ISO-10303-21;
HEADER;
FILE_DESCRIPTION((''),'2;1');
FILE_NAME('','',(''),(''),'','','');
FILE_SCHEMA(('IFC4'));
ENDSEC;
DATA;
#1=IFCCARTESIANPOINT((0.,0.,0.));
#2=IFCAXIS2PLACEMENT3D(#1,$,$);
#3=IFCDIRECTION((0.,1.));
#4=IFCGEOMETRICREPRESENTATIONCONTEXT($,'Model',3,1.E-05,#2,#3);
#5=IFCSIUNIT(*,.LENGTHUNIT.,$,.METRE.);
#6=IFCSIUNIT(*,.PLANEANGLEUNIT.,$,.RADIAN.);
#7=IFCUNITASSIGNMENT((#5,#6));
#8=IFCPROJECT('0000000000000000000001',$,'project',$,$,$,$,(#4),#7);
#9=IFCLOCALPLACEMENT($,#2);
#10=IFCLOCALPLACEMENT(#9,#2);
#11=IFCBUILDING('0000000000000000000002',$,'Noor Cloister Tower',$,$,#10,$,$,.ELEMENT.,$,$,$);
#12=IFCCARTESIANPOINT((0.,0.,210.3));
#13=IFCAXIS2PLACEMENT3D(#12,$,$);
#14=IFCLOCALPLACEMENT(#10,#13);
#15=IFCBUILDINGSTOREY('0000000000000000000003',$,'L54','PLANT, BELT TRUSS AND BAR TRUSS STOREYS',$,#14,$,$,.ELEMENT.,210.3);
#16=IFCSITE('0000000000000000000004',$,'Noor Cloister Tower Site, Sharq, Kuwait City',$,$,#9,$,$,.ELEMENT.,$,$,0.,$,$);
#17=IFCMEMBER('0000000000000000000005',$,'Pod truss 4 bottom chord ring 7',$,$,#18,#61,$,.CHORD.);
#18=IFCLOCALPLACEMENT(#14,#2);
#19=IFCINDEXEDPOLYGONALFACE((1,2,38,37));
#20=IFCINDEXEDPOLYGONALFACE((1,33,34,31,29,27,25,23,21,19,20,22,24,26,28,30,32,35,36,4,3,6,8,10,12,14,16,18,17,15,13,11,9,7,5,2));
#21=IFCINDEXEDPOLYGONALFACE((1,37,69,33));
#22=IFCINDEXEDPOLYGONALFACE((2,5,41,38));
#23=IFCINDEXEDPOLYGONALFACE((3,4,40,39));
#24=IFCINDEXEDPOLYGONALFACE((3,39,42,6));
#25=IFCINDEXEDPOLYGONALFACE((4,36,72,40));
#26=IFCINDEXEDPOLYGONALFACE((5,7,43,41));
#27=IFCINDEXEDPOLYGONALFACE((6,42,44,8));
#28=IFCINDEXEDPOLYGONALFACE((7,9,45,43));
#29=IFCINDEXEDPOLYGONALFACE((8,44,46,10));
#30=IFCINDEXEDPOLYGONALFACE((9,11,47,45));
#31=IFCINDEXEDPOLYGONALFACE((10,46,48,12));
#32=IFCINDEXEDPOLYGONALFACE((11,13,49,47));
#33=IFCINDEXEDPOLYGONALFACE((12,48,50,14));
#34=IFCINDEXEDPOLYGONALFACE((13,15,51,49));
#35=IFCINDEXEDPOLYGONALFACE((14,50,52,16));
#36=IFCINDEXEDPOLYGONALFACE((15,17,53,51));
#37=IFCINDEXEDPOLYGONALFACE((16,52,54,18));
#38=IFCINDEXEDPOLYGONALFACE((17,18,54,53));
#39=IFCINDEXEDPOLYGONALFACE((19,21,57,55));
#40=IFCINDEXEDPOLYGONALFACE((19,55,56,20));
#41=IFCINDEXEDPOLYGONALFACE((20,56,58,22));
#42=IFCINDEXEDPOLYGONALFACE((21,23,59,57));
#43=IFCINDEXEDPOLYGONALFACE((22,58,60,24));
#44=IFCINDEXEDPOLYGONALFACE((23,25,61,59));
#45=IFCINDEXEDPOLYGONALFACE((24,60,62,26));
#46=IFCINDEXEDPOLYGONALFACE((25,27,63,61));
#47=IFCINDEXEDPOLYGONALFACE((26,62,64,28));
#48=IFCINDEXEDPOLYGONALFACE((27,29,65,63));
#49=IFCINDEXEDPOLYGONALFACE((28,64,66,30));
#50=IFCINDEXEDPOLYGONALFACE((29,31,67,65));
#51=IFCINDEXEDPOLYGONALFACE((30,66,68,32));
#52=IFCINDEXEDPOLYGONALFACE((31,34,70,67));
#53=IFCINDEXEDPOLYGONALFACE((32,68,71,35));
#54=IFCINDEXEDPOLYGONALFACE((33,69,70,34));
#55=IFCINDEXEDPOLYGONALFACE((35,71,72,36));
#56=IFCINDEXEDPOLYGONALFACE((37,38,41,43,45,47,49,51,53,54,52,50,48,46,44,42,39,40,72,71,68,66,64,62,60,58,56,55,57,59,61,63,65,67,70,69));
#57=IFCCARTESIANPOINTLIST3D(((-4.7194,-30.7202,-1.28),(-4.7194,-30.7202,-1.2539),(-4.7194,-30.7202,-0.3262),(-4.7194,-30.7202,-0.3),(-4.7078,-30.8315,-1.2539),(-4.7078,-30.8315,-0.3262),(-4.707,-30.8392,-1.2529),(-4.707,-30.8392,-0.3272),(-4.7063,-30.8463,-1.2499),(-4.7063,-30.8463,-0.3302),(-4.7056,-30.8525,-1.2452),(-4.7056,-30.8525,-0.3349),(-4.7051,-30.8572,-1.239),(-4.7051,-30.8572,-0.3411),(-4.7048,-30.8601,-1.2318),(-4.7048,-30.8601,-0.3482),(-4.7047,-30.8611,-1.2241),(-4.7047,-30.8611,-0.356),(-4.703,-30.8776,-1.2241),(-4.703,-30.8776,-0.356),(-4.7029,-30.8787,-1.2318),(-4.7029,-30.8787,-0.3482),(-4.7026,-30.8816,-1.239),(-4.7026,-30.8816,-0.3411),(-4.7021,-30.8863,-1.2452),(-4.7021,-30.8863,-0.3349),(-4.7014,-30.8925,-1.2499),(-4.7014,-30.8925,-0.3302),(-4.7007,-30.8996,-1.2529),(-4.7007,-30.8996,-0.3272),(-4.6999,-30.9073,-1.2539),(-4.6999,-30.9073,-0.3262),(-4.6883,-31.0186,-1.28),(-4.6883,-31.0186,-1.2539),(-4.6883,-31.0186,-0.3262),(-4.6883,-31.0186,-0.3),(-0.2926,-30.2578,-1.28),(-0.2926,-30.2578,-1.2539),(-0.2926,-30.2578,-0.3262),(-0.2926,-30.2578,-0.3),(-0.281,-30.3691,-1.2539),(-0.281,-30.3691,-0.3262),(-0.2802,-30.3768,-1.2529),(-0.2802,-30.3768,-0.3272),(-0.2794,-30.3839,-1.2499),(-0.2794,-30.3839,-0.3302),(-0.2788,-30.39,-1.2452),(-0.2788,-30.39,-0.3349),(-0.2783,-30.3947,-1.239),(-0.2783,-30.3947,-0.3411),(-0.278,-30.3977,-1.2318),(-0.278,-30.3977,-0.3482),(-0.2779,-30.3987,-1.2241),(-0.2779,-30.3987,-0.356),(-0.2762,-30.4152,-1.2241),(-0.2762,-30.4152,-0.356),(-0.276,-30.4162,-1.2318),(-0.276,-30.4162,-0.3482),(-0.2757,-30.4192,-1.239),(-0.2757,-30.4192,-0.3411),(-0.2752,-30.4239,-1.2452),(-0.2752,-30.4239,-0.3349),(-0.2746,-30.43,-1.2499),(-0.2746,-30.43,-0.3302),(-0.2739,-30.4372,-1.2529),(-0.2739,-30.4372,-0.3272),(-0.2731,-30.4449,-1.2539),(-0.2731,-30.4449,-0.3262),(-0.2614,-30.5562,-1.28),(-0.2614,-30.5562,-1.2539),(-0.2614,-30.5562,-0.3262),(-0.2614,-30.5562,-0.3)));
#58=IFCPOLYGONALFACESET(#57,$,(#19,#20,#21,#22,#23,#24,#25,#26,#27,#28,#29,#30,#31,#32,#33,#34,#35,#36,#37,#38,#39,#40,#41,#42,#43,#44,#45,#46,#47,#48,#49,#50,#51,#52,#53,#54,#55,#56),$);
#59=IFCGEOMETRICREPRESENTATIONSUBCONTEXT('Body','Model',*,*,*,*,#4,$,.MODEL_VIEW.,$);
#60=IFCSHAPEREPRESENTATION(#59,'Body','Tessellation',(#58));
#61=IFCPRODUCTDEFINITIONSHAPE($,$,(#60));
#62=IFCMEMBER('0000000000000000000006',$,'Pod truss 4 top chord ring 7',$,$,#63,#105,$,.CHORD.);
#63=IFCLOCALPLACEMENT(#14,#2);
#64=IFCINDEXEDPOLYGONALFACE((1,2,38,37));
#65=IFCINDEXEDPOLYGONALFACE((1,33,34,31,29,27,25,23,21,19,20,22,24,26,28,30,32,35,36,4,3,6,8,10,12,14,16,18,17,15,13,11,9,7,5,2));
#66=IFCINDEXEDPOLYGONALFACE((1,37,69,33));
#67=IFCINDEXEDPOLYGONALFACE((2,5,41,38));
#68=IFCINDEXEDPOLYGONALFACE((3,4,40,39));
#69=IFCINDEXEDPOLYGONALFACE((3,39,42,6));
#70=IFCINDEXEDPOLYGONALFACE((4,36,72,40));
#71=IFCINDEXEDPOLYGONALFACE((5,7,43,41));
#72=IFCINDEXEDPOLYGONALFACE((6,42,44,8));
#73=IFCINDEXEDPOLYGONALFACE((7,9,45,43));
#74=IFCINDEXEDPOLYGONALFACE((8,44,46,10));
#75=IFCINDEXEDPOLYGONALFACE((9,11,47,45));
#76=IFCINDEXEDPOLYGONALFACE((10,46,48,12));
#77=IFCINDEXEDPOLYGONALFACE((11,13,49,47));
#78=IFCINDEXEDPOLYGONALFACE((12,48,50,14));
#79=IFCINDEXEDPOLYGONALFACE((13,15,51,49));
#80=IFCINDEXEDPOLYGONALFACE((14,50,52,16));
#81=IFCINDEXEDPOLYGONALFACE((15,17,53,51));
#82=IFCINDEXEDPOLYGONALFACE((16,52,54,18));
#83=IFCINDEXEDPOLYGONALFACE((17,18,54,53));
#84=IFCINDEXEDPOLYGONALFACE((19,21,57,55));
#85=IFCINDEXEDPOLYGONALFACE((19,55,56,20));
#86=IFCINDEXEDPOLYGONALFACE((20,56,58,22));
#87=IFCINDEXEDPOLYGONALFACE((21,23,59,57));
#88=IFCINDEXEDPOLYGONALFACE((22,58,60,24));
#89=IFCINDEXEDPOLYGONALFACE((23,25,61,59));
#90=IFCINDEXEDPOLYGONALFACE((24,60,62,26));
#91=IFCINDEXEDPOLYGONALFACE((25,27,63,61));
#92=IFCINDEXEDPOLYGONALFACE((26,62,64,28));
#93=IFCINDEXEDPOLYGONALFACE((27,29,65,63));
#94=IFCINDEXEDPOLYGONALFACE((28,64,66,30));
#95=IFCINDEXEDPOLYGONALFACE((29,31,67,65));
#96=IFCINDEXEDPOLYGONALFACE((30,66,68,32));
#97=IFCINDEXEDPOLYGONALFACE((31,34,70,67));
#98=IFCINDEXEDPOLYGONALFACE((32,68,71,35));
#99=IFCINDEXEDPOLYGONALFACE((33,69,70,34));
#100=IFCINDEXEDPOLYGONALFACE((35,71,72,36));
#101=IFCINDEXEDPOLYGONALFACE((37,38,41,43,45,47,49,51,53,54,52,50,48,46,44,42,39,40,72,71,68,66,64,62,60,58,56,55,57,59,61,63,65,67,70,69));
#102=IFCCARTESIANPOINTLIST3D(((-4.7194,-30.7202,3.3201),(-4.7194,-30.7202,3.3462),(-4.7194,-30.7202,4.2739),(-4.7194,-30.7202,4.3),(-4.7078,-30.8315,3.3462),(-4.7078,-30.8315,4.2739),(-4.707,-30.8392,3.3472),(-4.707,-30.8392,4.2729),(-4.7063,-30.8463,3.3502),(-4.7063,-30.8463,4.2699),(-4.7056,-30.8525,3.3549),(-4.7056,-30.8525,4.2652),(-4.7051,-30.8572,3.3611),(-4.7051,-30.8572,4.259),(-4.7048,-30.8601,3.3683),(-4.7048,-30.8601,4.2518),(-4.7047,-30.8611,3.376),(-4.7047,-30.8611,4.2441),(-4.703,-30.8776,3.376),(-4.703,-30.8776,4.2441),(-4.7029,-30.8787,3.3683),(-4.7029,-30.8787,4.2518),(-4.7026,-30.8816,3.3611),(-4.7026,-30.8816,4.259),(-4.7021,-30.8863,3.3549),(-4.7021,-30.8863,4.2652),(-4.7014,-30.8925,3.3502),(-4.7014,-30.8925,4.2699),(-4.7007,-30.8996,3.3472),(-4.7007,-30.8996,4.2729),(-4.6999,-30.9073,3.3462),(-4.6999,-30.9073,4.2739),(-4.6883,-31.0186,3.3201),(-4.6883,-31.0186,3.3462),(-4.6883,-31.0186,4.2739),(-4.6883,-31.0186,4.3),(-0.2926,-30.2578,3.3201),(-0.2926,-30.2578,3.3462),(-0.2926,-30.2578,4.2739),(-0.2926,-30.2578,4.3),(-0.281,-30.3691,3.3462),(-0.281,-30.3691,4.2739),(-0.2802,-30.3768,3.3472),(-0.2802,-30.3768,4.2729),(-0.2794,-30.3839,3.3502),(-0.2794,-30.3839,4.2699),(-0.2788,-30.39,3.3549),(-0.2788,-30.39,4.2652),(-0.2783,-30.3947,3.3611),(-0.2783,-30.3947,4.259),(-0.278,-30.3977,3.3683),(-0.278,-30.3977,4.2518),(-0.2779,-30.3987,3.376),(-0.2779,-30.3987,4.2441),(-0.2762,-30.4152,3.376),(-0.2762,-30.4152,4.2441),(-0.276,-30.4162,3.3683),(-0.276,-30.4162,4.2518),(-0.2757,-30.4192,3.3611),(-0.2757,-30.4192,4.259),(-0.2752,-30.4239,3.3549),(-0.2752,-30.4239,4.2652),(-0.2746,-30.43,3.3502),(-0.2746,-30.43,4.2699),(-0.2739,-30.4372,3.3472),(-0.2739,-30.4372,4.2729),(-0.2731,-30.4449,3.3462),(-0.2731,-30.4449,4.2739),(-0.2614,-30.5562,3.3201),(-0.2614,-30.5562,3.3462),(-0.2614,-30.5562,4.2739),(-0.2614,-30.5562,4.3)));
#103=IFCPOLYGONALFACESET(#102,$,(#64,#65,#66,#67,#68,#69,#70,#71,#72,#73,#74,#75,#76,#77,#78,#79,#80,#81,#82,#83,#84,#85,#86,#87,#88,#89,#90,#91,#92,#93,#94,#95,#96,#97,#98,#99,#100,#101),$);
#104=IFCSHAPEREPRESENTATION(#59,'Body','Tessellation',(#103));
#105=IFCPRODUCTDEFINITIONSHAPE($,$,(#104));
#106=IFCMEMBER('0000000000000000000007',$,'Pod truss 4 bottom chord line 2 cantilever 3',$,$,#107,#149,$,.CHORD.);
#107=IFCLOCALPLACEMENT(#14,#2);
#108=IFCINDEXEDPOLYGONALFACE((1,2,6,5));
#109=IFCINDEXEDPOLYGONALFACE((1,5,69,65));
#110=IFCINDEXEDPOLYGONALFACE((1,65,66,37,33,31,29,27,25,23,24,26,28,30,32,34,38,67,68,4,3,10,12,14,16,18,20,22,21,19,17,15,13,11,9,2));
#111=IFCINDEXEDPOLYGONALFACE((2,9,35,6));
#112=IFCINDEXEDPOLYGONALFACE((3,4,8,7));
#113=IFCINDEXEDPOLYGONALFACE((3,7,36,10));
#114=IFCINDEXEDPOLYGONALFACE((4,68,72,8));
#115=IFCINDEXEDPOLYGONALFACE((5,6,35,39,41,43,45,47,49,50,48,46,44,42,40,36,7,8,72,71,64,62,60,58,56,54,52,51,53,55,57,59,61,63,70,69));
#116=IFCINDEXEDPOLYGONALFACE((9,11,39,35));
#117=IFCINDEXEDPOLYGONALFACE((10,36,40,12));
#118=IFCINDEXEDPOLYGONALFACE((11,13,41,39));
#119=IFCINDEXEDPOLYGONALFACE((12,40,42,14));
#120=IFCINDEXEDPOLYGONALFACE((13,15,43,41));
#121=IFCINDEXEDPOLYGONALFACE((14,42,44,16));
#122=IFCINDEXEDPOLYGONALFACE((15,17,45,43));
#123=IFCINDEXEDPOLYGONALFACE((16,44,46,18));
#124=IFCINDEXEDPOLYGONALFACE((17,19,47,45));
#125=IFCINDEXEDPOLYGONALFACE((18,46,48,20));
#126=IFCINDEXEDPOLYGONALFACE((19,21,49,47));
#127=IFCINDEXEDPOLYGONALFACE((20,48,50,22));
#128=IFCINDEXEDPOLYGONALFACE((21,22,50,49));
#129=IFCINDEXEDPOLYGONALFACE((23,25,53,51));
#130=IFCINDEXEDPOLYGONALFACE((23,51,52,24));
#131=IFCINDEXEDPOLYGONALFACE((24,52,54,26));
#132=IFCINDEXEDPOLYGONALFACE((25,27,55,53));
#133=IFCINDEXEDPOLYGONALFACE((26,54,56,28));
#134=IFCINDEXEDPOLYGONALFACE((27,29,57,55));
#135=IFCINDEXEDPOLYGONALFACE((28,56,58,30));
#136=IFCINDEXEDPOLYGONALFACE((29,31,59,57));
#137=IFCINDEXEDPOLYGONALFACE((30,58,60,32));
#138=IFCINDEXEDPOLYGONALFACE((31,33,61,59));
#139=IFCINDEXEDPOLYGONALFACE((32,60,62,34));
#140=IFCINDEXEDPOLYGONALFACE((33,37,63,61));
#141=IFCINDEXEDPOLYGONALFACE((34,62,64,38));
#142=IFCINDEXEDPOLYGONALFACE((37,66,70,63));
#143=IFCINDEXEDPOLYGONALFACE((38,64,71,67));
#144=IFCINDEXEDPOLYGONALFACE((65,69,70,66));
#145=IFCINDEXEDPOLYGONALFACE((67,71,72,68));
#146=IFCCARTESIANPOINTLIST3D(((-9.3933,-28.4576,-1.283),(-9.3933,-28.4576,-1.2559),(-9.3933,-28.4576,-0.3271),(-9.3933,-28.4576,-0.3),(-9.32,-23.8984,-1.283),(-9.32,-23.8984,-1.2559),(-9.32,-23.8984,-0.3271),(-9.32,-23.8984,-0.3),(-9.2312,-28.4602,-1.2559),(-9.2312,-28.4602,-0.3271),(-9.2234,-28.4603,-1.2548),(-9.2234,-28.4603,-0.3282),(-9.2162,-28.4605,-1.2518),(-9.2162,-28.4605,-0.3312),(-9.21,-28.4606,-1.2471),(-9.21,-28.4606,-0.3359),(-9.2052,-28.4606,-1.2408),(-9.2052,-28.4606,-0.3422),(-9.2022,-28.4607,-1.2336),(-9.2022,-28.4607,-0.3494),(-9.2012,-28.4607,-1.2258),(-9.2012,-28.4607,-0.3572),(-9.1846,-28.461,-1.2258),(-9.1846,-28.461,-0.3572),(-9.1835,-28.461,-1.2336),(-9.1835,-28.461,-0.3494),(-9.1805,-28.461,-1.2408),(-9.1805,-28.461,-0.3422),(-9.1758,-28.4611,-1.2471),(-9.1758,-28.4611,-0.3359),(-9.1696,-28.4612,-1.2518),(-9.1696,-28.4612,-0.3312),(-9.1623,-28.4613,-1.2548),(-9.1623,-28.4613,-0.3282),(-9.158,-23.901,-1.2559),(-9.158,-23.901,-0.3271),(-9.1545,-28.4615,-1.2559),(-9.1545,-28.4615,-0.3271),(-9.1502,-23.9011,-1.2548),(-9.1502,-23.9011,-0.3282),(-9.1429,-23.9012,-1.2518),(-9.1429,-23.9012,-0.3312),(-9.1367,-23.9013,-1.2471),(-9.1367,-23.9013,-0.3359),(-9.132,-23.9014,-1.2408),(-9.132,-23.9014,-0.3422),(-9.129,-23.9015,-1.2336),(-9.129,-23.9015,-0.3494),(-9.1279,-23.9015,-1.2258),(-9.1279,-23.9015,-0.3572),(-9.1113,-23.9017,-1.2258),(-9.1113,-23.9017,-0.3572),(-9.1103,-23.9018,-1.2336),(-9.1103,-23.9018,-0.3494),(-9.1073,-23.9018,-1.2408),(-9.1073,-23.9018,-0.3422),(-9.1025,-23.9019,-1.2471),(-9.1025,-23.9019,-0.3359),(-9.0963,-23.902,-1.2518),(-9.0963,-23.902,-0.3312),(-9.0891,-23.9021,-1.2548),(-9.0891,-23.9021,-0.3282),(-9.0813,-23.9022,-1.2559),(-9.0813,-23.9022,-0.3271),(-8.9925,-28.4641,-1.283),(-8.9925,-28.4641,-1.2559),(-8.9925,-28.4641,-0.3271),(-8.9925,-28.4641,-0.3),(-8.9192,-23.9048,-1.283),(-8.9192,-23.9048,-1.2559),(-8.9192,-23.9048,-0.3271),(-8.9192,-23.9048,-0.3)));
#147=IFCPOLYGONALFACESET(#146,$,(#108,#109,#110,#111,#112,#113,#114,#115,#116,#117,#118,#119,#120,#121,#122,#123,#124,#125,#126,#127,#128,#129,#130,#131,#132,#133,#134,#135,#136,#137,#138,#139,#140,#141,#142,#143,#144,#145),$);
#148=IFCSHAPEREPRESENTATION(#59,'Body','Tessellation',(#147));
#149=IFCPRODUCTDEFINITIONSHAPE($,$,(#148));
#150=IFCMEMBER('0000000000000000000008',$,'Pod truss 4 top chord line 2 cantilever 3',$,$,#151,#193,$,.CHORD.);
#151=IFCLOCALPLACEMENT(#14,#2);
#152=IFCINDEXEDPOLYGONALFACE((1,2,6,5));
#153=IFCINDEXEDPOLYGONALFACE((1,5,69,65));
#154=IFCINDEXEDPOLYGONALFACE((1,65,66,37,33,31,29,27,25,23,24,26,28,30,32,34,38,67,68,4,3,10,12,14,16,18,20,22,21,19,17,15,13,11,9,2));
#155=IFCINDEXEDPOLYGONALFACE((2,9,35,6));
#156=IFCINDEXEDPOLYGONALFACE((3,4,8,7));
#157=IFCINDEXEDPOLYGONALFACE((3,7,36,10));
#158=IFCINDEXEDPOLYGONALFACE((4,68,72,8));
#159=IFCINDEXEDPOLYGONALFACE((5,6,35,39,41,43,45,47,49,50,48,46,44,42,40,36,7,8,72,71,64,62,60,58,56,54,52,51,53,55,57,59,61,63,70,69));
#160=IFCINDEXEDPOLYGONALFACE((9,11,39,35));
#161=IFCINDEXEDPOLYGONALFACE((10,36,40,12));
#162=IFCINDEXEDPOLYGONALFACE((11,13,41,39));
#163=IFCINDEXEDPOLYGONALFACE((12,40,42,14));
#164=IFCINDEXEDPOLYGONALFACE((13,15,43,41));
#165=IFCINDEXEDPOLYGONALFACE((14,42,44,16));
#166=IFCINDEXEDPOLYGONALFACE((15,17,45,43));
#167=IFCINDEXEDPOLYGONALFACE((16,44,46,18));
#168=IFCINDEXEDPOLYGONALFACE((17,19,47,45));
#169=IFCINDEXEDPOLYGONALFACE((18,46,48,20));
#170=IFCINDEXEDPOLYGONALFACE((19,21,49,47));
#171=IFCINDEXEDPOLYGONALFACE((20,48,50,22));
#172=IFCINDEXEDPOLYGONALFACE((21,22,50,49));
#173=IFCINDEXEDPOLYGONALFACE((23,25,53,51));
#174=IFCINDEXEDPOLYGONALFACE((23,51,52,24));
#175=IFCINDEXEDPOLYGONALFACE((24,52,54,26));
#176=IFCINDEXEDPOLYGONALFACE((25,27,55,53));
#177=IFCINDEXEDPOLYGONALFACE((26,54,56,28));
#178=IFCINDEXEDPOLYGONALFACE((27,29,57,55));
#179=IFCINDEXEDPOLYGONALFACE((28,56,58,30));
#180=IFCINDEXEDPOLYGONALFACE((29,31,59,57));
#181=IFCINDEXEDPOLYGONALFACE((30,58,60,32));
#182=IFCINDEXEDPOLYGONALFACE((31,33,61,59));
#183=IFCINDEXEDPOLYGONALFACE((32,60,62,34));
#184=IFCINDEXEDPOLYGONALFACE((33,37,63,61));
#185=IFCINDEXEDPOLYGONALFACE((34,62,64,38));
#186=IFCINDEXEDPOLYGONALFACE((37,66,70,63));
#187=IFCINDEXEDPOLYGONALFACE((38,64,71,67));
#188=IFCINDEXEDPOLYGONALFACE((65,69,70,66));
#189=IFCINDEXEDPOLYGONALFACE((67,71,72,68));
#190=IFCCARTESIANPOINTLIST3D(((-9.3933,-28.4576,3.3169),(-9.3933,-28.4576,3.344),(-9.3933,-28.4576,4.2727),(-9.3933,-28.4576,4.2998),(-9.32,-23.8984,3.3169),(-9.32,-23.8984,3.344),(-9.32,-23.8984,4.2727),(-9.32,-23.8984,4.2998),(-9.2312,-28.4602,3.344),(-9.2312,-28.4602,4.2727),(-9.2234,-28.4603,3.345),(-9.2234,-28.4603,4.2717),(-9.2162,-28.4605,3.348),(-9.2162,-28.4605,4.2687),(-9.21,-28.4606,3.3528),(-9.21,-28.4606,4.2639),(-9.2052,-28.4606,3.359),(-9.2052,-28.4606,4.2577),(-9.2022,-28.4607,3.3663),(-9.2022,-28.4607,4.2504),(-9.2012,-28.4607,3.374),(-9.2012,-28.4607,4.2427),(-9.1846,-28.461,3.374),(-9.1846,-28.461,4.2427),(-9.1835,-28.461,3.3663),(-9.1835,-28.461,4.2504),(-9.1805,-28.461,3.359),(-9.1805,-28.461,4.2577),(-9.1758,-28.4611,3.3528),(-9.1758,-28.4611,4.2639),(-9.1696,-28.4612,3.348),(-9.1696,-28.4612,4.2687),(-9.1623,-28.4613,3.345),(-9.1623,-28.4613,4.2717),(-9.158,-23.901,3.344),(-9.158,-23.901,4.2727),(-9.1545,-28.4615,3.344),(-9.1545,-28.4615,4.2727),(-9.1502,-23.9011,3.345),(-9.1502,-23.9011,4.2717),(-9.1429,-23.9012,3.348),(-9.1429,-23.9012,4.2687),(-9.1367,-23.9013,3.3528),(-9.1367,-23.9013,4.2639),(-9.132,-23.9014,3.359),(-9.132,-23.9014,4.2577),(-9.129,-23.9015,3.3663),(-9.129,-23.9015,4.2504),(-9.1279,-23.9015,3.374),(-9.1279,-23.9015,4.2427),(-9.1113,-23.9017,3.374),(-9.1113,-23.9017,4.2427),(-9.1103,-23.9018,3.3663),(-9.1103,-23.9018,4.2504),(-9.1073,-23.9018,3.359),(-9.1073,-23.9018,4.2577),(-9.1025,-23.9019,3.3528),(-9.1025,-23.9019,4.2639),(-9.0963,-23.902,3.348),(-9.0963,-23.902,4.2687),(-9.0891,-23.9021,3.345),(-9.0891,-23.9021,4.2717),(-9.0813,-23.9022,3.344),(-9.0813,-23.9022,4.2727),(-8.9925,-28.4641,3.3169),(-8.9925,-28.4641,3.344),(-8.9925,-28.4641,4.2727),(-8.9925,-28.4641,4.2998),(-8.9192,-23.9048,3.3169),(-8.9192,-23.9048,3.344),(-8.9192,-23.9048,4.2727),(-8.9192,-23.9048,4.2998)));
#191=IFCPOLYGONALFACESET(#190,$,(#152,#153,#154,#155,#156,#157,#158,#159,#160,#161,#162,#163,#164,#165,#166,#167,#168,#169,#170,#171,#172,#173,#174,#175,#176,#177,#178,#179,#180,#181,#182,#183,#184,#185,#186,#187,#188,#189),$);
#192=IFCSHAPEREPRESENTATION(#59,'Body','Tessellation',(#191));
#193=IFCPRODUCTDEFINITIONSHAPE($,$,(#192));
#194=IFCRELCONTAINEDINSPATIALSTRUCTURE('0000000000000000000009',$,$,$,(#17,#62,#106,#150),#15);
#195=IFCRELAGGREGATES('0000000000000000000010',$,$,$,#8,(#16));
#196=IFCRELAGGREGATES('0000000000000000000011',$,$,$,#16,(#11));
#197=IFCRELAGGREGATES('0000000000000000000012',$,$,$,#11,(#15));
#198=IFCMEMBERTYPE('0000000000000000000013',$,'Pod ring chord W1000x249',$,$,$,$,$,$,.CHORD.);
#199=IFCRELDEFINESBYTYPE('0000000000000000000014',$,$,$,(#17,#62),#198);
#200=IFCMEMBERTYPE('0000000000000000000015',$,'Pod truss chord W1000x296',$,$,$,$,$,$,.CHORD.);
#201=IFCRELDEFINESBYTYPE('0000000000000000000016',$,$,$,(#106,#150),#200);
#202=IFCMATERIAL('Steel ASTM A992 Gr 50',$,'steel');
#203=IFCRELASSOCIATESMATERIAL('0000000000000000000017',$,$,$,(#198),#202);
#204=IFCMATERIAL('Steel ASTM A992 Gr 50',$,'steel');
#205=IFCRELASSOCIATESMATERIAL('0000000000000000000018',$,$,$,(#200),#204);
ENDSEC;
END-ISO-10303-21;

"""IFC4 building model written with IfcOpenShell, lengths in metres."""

from ifc_helpers import new_model, si_unit, direction, frame, origin, origin_2d, place, context, subcontext, project, spatial, i_section, extrude, material, material_profile, profile_set, type_object, element, save


model = new_model("IFC4")

# Units and contexts
model_context = context("Model", 3, precision=1e-05, world=origin(), true_north=direction((0.0, 1.0)))
body_context = subcontext(model_context, "Body", "Model", "MODEL_VIEW")
ifc_project = project(units=[si_unit("LENGTHUNIT", "METRE"), si_unit("PLANEANGLEUNIT", "RADIAN")], contexts=[model_context])

# Site, building, storey
site_placement = place(None, origin())
site = spatial("IfcSite", under=ifc_project, at=site_placement, Name="Noor Cloister Tower Site, Sharq, Kuwait City", CompositionType="ELEMENT", RefElevation=0.0)
building_placement = place(site_placement, origin())
building = spatial("IfcBuilding", under=site, at=building_placement, Name="Noor Cloister Tower", CompositionType="ELEMENT")
storey_placement = place(building_placement, frame((0.0, 0.0, 210.3)))
storey = spatial("IfcBuildingStorey", under=building, at=storey_placement, Name="L54", Description="PLANT, BELT TRUSS AND BAR TRUSS STOREYS", CompositionType="ELEMENT", Elevation=210.3)

# Members
ifc_material_1 = material(Name="Steel ASTM A992 Gr 50", Category="steel")
ifc_material_profile_1 = material_profile(ifc_material_1, i_section(OverallWidth=0.3, OverallDepth=0.98, WebThickness=0.0166, FlangeThickness=0.0261, FilletRadius=0.0298, at=origin_2d()), Name="W1000x249")
ifc_profile_set_1 = profile_set([ifc_material_profile_1], Name="Steel ASTM A992 Gr 50")
member_type_1 = type_object("IfcMemberType", Name="Pod ring chord W1000x249", PredefinedType="CHORD", material=ifc_profile_set_1)
for number, where, z_axis, x_axis, name in (
    (1, (-4.7039, -30.8694, -0.79), (0.994589, 0.103891, 0.0), (-0.103891, 0.994589, 0.0), "Pod truss 4 bottom chord ring 7"),
    (2, (-4.7039, -30.8694, 3.8101), (0.994589, 0.103891, 0.0), (-0.103891, 0.994589, 0.0), "Pod truss 4 top chord ring 7"),
):
    element("IfcMember", number, at=place(storey_placement, frame(where, z_axis=z_axis, x_axis=x_axis)), inside=storey, type_object=member_type_1, Name=name, PredefinedType="CHORD", context=body_context, shape_type="SweptSolid", body=[
        extrude(i_section(OverallWidth=0.3, OverallDepth=0.98, WebThickness=0.0166, FlangeThickness=0.0261, FilletRadius=0.0298, at=origin_2d()), origin(), (0.0, 0.0, 1.0), 4.4509),
    ])
ifc_material_2 = material(Name="Steel ASTM A992 Gr 50", Category="steel")
ifc_material_profile_2 = material_profile(ifc_material_2, i_section(OverallWidth=0.4009, OverallDepth=0.9829, WebThickness=0.0166, FlangeThickness=0.0271, FilletRadius=0.03, at=origin_2d()), Name="W1000x296")
ifc_profile_set_2 = profile_set([ifc_material_profile_2], Name="Steel ASTM A992 Gr 50")
member_type_2 = type_object("IfcMemberType", Name="Pod truss chord W1000x296", PredefinedType="CHORD", material=ifc_profile_set_2)
for number, where, z_axis, x_axis, name in (
    (3, (-9.1196, -23.9016, -0.7915), (-0.016062, -0.999871, 0.0), (0.999871, -0.016062, 0.0), "Pod truss 4 bottom chord line 2 cantilever 3"),
    (4, (-9.1196, -23.9016, 3.8083), (-0.016062, -0.999871, 0.0), (0.999871, -0.016062, 0.0), "Pod truss 4 top chord line 2 cantilever 3"),
):
    element("IfcMember", number, at=place(storey_placement, frame(where, z_axis=z_axis, x_axis=x_axis)), inside=storey, type_object=member_type_2, Name=name, PredefinedType="CHORD", context=body_context, shape_type="SweptSolid", body=[
        extrude(i_section(OverallWidth=0.4009, OverallDepth=0.9829, WebThickness=0.0166, FlangeThickness=0.0271, FilletRadius=0.03, at=origin_2d()), origin(), (0.0, 0.0, 1.0), 4.5598),
    ])

save(model, "model.ifc")
